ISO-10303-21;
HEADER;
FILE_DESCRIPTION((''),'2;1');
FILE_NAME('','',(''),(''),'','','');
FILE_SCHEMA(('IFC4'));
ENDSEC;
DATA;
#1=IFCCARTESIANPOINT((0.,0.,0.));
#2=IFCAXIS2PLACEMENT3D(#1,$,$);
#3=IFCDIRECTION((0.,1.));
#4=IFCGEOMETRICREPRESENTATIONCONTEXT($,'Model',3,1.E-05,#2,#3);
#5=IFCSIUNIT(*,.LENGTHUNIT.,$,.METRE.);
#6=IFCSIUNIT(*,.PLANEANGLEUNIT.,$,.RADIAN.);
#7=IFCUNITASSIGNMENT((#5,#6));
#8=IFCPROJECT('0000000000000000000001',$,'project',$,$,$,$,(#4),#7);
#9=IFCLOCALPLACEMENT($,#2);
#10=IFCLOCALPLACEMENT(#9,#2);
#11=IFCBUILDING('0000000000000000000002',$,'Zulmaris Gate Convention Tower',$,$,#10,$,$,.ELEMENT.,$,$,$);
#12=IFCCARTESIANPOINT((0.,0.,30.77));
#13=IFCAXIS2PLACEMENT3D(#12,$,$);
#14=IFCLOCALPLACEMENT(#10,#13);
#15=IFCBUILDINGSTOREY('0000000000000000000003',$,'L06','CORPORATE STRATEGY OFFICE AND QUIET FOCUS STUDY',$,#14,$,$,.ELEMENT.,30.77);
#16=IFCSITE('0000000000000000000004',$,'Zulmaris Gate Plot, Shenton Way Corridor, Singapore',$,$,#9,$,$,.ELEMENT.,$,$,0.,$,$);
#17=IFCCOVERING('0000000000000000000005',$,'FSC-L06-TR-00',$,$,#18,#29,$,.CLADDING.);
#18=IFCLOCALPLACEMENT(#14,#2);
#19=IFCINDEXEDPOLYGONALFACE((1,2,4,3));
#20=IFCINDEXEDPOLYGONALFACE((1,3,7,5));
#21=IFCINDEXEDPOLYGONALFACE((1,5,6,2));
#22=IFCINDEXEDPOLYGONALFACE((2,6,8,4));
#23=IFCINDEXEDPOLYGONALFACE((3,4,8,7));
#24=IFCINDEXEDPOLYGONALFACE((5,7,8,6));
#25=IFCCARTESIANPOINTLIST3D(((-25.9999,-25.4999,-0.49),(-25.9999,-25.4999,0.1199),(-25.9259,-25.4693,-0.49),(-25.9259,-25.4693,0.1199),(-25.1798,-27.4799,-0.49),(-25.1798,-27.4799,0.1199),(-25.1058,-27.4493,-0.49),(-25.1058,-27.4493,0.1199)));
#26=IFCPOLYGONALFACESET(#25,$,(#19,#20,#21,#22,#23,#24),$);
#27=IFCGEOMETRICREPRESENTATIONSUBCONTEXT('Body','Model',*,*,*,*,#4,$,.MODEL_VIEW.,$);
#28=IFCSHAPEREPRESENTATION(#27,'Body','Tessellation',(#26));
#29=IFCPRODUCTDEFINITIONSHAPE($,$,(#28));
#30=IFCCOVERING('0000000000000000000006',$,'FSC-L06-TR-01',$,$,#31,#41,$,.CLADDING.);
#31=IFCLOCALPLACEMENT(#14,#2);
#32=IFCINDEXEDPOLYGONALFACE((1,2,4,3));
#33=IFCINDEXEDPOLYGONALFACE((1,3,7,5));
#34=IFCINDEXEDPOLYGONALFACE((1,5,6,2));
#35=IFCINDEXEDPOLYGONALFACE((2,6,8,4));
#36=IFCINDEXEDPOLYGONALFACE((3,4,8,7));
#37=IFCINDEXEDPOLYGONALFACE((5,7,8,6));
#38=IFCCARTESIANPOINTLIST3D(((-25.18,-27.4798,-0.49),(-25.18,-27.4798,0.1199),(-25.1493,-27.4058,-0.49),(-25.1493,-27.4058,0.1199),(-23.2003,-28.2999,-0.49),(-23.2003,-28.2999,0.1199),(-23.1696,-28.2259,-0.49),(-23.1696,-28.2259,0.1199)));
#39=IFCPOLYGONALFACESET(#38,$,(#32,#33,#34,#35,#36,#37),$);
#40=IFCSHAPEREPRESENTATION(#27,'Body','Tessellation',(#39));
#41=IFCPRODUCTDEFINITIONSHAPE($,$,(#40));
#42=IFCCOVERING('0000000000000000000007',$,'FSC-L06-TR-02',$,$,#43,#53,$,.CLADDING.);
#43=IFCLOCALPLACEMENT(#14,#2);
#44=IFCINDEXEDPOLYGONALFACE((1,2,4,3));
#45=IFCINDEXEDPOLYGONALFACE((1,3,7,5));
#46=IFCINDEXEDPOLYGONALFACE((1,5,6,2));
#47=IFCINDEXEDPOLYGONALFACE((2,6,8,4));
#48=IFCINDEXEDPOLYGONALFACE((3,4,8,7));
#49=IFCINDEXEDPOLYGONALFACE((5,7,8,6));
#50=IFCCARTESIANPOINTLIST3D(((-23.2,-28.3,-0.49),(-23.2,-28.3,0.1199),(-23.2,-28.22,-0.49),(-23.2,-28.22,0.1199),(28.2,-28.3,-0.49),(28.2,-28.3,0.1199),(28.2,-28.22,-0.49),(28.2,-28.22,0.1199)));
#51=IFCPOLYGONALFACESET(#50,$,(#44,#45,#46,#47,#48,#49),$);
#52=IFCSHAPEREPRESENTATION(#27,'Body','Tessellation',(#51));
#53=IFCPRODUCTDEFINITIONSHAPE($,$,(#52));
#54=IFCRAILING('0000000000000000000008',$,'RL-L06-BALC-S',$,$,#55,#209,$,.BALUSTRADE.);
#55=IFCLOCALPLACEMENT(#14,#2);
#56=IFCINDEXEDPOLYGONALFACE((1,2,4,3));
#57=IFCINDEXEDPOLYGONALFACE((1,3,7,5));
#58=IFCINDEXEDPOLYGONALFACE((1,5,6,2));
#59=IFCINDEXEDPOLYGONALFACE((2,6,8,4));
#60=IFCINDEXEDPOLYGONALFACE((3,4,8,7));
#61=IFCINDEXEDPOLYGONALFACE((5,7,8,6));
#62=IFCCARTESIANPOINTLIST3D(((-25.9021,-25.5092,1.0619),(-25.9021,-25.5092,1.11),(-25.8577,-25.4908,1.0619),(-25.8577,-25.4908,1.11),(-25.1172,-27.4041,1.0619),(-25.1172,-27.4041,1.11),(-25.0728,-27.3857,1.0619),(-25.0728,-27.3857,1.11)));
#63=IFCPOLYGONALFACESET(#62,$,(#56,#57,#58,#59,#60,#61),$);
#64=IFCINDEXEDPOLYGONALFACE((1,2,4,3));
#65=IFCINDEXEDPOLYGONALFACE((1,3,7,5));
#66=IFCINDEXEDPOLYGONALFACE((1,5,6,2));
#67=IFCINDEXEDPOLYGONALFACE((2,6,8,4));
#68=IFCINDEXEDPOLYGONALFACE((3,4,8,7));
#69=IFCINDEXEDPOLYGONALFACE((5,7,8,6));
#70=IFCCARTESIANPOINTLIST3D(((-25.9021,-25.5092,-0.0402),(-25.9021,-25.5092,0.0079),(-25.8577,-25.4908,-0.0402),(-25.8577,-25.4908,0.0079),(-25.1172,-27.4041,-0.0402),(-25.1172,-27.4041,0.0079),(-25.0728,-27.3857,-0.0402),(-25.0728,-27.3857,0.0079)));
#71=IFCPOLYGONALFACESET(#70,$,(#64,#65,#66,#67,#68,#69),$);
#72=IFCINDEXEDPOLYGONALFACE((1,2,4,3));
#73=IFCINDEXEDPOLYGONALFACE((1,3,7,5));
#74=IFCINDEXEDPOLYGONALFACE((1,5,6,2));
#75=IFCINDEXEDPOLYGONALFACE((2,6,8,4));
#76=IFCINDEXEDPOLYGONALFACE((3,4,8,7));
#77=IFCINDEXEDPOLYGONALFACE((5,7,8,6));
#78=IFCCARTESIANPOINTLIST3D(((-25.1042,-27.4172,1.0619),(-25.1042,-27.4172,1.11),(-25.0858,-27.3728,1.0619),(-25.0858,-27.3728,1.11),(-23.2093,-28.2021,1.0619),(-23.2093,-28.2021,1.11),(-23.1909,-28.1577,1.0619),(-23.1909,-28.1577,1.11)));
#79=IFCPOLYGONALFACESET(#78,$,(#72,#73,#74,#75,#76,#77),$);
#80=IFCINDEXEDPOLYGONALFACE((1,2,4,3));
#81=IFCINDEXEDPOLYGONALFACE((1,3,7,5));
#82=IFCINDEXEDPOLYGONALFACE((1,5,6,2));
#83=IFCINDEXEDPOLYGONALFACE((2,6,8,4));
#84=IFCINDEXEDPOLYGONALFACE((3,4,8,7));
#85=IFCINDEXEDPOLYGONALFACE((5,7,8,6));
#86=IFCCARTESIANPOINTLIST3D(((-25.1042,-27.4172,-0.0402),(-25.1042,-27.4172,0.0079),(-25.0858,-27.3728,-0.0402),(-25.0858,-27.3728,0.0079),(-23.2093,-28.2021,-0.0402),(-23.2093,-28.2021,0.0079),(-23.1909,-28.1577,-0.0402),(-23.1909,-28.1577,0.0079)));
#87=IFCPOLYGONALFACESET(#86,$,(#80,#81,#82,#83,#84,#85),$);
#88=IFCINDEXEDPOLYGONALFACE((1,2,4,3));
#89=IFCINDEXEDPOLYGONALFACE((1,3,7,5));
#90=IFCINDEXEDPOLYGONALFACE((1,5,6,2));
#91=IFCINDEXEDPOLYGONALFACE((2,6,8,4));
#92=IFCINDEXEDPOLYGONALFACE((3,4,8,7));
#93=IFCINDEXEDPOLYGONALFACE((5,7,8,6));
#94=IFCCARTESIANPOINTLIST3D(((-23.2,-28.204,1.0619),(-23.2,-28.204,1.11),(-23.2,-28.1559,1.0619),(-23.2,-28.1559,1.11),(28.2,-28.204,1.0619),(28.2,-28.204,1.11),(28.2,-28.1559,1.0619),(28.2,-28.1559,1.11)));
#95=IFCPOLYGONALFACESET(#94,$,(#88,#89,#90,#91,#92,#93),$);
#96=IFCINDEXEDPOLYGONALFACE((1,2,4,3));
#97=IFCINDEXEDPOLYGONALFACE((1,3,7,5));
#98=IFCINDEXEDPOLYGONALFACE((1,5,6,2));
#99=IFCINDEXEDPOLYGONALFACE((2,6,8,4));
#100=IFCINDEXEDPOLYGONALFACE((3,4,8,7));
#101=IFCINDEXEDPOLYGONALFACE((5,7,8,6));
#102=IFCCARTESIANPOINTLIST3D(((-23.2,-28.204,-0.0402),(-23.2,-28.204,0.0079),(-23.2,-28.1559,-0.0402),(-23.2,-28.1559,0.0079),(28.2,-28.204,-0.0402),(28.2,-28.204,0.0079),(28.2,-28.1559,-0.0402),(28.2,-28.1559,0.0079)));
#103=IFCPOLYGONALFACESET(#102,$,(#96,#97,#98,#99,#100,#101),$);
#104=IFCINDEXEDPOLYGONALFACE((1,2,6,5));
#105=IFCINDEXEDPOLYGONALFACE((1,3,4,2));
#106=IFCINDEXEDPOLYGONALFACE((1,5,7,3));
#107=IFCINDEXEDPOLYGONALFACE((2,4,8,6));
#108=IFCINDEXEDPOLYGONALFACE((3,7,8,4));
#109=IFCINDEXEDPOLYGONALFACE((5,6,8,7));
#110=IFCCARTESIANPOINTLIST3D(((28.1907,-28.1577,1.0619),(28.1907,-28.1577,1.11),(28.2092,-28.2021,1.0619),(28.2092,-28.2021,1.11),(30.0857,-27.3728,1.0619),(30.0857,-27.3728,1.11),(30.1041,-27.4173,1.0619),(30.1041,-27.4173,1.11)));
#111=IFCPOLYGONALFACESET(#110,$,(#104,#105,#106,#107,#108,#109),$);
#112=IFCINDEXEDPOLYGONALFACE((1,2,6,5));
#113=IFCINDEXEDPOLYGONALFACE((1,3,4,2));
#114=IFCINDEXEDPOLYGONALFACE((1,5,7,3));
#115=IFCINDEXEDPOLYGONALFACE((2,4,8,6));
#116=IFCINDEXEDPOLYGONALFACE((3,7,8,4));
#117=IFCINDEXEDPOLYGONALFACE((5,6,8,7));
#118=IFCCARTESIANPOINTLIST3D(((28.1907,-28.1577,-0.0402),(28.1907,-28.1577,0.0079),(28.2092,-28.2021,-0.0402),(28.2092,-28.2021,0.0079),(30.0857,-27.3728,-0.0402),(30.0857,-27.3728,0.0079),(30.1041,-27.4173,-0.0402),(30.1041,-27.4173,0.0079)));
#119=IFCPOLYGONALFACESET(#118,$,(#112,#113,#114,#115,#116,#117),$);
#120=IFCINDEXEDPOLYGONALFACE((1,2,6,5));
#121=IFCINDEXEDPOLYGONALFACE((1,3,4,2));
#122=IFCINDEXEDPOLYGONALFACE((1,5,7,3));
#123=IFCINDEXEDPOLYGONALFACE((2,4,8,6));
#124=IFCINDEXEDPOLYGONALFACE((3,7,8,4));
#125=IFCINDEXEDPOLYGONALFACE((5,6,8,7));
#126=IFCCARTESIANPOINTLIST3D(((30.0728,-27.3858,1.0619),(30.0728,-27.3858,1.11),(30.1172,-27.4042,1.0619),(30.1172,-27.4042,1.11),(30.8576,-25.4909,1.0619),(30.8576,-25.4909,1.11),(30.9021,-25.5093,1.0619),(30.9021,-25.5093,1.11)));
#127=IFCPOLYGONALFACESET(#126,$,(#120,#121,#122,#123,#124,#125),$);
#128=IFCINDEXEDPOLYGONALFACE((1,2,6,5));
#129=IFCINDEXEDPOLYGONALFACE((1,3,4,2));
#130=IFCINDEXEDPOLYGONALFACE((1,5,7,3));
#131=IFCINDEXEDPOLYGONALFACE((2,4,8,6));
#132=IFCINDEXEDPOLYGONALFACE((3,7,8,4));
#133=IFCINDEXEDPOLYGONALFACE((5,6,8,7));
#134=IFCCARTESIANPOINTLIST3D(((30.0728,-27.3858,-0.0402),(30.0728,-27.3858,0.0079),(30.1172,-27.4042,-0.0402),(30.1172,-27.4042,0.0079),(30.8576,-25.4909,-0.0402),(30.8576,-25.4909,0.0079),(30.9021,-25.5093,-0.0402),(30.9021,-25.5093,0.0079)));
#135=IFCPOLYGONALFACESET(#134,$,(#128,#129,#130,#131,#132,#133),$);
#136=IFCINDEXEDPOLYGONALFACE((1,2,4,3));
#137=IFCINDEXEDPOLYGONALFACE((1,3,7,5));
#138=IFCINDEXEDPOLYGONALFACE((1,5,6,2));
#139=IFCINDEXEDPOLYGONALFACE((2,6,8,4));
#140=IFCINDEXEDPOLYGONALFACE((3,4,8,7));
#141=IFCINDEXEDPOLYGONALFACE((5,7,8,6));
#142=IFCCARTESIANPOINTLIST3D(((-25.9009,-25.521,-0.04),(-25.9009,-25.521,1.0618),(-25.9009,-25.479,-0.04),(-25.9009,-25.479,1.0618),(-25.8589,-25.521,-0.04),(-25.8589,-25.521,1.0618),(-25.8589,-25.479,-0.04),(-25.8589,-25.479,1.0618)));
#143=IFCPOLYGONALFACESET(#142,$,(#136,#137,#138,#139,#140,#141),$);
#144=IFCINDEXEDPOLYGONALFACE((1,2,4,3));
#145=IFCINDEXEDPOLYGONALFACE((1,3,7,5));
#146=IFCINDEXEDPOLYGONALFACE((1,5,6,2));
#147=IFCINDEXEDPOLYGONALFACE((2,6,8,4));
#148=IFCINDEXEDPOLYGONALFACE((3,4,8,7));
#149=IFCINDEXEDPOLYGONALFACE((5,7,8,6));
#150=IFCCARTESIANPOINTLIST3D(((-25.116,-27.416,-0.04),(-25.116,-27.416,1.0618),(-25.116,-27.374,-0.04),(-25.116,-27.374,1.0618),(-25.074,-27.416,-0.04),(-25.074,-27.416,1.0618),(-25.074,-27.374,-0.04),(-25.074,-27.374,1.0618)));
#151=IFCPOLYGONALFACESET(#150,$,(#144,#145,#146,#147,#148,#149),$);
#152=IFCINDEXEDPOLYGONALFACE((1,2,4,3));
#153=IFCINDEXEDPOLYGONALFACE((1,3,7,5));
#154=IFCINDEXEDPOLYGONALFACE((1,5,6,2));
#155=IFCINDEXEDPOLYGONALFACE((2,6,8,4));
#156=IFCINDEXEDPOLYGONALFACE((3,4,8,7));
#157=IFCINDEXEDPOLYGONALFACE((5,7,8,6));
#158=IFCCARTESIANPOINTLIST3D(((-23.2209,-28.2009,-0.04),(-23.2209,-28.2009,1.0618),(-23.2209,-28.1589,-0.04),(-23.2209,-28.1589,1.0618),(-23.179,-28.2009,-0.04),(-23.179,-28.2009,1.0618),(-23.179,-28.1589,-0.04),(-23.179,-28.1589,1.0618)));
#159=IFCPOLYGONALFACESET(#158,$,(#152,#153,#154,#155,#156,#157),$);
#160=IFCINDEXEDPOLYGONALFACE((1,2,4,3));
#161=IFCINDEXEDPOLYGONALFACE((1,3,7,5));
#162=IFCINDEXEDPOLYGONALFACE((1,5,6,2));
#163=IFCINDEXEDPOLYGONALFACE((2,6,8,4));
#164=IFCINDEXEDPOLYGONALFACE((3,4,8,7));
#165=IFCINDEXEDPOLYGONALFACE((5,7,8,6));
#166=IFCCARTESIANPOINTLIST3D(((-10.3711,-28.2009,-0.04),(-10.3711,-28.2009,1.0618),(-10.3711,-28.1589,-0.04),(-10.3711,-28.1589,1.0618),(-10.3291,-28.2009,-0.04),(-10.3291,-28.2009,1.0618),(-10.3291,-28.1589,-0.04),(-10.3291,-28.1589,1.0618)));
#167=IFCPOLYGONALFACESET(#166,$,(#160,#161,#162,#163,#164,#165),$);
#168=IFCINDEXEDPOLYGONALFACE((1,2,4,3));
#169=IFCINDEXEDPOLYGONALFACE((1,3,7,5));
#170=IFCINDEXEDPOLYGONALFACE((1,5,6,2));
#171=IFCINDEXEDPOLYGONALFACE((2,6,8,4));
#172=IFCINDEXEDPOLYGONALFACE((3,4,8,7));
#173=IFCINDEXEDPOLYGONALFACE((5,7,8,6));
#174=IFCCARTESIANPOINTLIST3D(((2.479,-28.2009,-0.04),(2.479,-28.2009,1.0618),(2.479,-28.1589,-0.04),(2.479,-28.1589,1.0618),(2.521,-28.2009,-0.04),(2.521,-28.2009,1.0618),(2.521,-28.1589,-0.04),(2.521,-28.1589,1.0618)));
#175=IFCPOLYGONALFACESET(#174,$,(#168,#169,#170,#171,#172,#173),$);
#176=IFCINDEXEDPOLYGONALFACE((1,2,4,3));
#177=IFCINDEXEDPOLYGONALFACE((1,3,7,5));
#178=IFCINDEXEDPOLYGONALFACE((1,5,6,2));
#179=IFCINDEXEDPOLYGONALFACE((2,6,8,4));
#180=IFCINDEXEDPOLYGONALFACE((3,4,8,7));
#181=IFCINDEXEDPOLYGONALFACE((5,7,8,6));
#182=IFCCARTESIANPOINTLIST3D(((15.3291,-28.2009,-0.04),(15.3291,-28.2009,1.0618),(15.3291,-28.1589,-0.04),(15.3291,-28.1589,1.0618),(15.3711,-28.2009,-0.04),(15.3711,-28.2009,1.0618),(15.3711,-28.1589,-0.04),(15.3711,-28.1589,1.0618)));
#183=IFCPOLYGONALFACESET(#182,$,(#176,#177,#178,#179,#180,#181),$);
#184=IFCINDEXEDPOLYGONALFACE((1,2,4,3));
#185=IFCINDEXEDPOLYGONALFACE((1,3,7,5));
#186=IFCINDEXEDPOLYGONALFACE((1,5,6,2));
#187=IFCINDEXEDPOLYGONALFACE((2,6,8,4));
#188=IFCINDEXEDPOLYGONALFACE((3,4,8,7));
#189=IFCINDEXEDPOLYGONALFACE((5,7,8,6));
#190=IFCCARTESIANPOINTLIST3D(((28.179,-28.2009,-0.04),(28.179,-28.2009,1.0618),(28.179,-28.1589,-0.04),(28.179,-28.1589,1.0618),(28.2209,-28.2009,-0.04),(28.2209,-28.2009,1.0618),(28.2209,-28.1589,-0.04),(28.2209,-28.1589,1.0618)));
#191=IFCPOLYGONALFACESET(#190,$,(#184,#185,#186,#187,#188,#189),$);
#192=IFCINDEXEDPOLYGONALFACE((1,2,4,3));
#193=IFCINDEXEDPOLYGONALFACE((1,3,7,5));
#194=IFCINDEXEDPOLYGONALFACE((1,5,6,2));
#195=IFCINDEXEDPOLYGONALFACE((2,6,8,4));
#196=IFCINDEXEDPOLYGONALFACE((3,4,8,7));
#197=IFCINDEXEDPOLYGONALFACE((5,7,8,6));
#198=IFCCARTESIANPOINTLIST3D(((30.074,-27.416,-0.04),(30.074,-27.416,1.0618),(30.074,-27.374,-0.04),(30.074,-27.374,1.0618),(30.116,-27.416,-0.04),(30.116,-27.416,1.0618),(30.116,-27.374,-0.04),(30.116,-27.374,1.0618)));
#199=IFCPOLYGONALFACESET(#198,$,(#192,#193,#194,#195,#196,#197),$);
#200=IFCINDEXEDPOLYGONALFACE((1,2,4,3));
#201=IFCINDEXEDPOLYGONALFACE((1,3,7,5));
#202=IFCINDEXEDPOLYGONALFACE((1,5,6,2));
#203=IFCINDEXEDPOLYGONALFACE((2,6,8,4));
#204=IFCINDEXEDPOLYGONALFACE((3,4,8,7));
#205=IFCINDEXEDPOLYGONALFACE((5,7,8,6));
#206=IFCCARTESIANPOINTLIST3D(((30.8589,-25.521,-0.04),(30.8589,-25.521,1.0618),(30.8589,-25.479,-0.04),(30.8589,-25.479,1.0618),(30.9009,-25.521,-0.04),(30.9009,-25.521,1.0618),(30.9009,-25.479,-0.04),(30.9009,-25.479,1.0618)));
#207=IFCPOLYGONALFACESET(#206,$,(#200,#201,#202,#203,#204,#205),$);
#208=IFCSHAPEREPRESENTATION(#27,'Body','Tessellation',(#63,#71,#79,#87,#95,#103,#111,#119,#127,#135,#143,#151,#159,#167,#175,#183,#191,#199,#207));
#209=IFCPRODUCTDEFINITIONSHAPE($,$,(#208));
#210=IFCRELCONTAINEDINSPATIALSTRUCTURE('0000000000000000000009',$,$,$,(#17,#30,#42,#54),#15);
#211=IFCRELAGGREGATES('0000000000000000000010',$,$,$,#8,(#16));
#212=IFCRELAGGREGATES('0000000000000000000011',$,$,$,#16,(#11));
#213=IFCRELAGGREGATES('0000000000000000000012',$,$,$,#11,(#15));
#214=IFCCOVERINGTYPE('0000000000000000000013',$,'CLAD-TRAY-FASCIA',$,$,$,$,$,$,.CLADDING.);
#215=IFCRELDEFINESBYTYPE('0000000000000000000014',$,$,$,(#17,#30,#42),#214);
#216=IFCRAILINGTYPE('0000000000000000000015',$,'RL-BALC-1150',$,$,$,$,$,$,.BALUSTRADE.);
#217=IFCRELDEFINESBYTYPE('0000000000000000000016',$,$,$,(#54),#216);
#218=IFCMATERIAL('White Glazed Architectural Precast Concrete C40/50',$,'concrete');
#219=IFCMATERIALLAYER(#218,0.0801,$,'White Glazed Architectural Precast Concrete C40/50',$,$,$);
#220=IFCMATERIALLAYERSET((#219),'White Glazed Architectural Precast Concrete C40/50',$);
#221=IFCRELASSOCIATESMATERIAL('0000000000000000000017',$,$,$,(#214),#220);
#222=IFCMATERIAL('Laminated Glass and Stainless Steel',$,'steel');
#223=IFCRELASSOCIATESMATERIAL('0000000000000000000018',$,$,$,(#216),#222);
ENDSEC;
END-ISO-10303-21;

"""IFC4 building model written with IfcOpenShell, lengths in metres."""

from ifc_helpers import new_model, si_unit, direction, frame, frame_2d, origin, origin_2d, place, context, subcontext, project, spatial, rectangle, extrude, material, layer, layer_set, type_object, element, save


model = new_model("IFC4")

# Units and contexts
model_context = context("Model", 3, precision=1e-05, world=origin(), true_north=direction((0.0, 1.0)))
body_context = subcontext(model_context, "Body", "Model", "MODEL_VIEW")
ifc_project = project(units=[si_unit("LENGTHUNIT", "METRE"), si_unit("PLANEANGLEUNIT", "RADIAN")], contexts=[model_context])

# Site, building, storey
site_placement = place(None, origin())
site = spatial("IfcSite", under=ifc_project, at=site_placement, Name="Zulmaris Gate Plot, Shenton Way Corridor, Singapore", CompositionType="ELEMENT", RefElevation=0.0)
building_placement = place(site_placement, origin())
building = spatial("IfcBuilding", under=site, at=building_placement, Name="Zulmaris Gate Convention Tower", CompositionType="ELEMENT")
storey_placement = place(building_placement, frame((0.0, 0.0, 30.77)))
storey = spatial("IfcBuildingStorey", under=building, at=storey_placement, Name="L06", Description="CORPORATE STRATEGY OFFICE AND QUIET FOCUS STUDY", CompositionType="ELEMENT", Elevation=30.77)

# Coverings
ifc_material_1 = material(Name="White Glazed Architectural Precast Concrete C40/50", Category="concrete")
ifc_layer_1 = layer(ifc_material_1, 0.0801, Name="White Glazed Architectural Precast Concrete C40/50")
ifc_layer_set_1 = layer_set([ifc_layer_1], Name="White Glazed Architectural Precast Concrete C40/50")
covering_type_1 = type_object("IfcCoveringType", Name="CLAD-TRAY-FASCIA", PredefinedType="CLADDING", material=ifc_layer_set_1)
covering_1_placement = place(storey_placement, frame((-25.9629, -25.4846, -0.49), z_axis=(0.0, 0.0, 1.0), x_axis=(0.382657, -0.92389, 0.0)))
element("IfcCovering", 1, at=covering_1_placement, inside=storey, type_object=covering_type_1, Name="FSC-L06-TR-00", PredefinedType="CLADDING", context=body_context, shape_type="SweptSolid", body=[
    extrude(rectangle(XDim=2.1431, YDim=0.0801, at=frame_2d((1.0715, 0.0))), origin(), (0.0, 0.0, 1.0), 0.6099),
])
covering_2_placement = place(storey_placement, frame((-25.1646, -27.4429, -0.49), z_axis=(0.0, 0.0, 1.0), x_axis=(0.923874, -0.382697, 0.0)))
element("IfcCovering", 2, at=covering_2_placement, inside=storey, type_object=covering_type_1, Name="FSC-L06-TR-01", PredefinedType="CLADDING", context=body_context, shape_type="SweptSolid", body=[
    extrude(rectangle(XDim=2.1428, YDim=0.0801, at=frame_2d((1.0713, 0.0))), origin(), (0.0, 0.0, 1.0), 0.6099),
])
covering_3_placement = place(storey_placement, frame((-23.2, -28.26, -0.49), z_axis=(0.0, 0.0, 1.0), x_axis=(1.0, 0.0, 0.0)))
element("IfcCovering", 3, at=covering_3_placement, inside=storey, type_object=covering_type_1, Name="FSC-L06-TR-02", PredefinedType="CLADDING", context=body_context, shape_type="SweptSolid", body=[
    extrude(rectangle(XDim=51.3999, YDim=0.0801, at=frame_2d((25.7, 0.0))), origin(), (0.0, 0.0, 1.0), 0.6099),
])

# Railing
ifc_material_2 = material(Name="Laminated Glass and Stainless Steel", Category="steel")
railing_type = type_object("IfcRailingType", Name="RL-BALC-1150", PredefinedType="BALUSTRADE", material=ifc_material_2)
railing_placement = place(storey_placement, frame((-25.8799, -25.5, -0.04)))
element("IfcRailing", 4, at=railing_placement, inside=storey, type_object=railing_type, Name="RL-L06-BALC-S", PredefinedType="BALUSTRADE", context=body_context, shape_type="SweptSolid", body=[
    extrude(rectangle(XDim=0.0481, YDim=0.0481, at=origin_2d()), frame((0.0, 0.0, 1.126), z_axis=(0.382671, -0.923885, 0.0), x_axis=(0.923885, 0.382671, 0.0)), (0.0, 0.0, 1.0), 2.051),
    extrude(rectangle(XDim=0.0481, YDim=0.0481, at=origin_2d()), frame((0.0, 0.0, 0.0239), z_axis=(0.382671, -0.923885, 0.0), x_axis=(0.923885, 0.382671, 0.0)), (0.0, 0.0, 1.0), 2.051),
    extrude(rectangle(XDim=0.0481, YDim=0.0481, at=origin_2d()), frame((0.7849, -1.895, 1.126), z_axis=(0.923885, -0.382671, 0.0), x_axis=(0.382671, 0.923885, 0.0)), (0.0, 0.0, 1.0), 2.051),
    extrude(rectangle(XDim=0.0481, YDim=0.0481, at=origin_2d()), frame((0.7849, -1.895, 0.0239), z_axis=(0.923885, -0.382671, 0.0), x_axis=(0.382671, 0.923885, 0.0)), (0.0, 0.0, 1.0), 2.051),
    extrude(rectangle(XDim=0.0481, YDim=0.0481, at=origin_2d()), frame((2.6799, -2.6799, 1.126), z_axis=(1.0, 0.0, 0.0), x_axis=(0.0, 1.0, 0.0)), (0.0, 0.0, 1.0), 51.3999),
    extrude(rectangle(XDim=0.0481, YDim=0.0481, at=origin_2d()), frame((2.6799, -2.6799, 0.0239), z_axis=(1.0, 0.0, 0.0), x_axis=(0.0, 1.0, 0.0)), (0.0, 0.0, 1.0), 51.3999),
    extrude(rectangle(XDim=0.0481, YDim=0.0481, at=origin_2d()), frame((54.0798, -2.6799, 1.126), z_axis=(0.923885, 0.382671, 0.0), x_axis=(-0.382671, 0.923885, 0.0)), (0.0, 0.0, 1.0), 2.051),
    extrude(rectangle(XDim=0.0481, YDim=0.0481, at=origin_2d()), frame((54.0798, -2.6799, 0.0239), z_axis=(0.923885, 0.382671, 0.0), x_axis=(-0.382671, 0.923885, 0.0)), (0.0, 0.0, 1.0), 2.051),
    extrude(rectangle(XDim=0.0481, YDim=0.0481, at=origin_2d()), frame((55.9749, -1.895, 1.126), z_axis=(0.382671, 0.923885, 0.0), x_axis=(-0.923885, 0.382671, 0.0)), (0.0, 0.0, 1.0), 2.051),
    extrude(rectangle(XDim=0.0481, YDim=0.0481, at=origin_2d()), frame((55.9749, -1.895, 0.0239), z_axis=(0.382671, 0.923885, 0.0), x_axis=(-0.923885, 0.382671, 0.0)), (0.0, 0.0, 1.0), 2.051),
    extrude(rectangle(XDim=0.042, YDim=0.042, at=origin_2d()), origin(), (0.0, 0.0, 1.0), 1.1018),
    extrude(rectangle(XDim=0.042, YDim=0.042, at=origin_2d()), frame((0.7849, -1.895, 0.0)), (0.0, 0.0, 1.0), 1.1018),
    extrude(rectangle(XDim=0.042, YDim=0.042, at=origin_2d()), frame((2.6799, -2.6799, 0.0)), (0.0, 0.0, 1.0), 1.1018),
    extrude(rectangle(XDim=0.042, YDim=0.042, at=origin_2d()), frame((15.5298, -2.6799, 0.0)), (0.0, 0.0, 1.0), 1.1018),
    extrude(rectangle(XDim=0.042, YDim=0.042, at=origin_2d()), frame((28.3799, -2.6799, 0.0)), (0.0, 0.0, 1.0), 1.1018),
    extrude(rectangle(XDim=0.042, YDim=0.042, at=origin_2d()), frame((41.23, -2.6799, 0.0)), (0.0, 0.0, 1.0), 1.1018),
    extrude(rectangle(XDim=0.042, YDim=0.042, at=origin_2d()), frame((54.0798, -2.6799, 0.0)), (0.0, 0.0, 1.0), 1.1018),
    extrude(rectangle(XDim=0.042, YDim=0.042, at=origin_2d()), frame((55.9749, -1.895, 0.0)), (0.0, 0.0, 1.0), 1.1018),
    extrude(rectangle(XDim=0.042, YDim=0.042, at=origin_2d()), frame((56.7598, 0.0, 0.0)), (0.0, 0.0, 1.0), 1.1018),
])

save(model, "model.ifc")
